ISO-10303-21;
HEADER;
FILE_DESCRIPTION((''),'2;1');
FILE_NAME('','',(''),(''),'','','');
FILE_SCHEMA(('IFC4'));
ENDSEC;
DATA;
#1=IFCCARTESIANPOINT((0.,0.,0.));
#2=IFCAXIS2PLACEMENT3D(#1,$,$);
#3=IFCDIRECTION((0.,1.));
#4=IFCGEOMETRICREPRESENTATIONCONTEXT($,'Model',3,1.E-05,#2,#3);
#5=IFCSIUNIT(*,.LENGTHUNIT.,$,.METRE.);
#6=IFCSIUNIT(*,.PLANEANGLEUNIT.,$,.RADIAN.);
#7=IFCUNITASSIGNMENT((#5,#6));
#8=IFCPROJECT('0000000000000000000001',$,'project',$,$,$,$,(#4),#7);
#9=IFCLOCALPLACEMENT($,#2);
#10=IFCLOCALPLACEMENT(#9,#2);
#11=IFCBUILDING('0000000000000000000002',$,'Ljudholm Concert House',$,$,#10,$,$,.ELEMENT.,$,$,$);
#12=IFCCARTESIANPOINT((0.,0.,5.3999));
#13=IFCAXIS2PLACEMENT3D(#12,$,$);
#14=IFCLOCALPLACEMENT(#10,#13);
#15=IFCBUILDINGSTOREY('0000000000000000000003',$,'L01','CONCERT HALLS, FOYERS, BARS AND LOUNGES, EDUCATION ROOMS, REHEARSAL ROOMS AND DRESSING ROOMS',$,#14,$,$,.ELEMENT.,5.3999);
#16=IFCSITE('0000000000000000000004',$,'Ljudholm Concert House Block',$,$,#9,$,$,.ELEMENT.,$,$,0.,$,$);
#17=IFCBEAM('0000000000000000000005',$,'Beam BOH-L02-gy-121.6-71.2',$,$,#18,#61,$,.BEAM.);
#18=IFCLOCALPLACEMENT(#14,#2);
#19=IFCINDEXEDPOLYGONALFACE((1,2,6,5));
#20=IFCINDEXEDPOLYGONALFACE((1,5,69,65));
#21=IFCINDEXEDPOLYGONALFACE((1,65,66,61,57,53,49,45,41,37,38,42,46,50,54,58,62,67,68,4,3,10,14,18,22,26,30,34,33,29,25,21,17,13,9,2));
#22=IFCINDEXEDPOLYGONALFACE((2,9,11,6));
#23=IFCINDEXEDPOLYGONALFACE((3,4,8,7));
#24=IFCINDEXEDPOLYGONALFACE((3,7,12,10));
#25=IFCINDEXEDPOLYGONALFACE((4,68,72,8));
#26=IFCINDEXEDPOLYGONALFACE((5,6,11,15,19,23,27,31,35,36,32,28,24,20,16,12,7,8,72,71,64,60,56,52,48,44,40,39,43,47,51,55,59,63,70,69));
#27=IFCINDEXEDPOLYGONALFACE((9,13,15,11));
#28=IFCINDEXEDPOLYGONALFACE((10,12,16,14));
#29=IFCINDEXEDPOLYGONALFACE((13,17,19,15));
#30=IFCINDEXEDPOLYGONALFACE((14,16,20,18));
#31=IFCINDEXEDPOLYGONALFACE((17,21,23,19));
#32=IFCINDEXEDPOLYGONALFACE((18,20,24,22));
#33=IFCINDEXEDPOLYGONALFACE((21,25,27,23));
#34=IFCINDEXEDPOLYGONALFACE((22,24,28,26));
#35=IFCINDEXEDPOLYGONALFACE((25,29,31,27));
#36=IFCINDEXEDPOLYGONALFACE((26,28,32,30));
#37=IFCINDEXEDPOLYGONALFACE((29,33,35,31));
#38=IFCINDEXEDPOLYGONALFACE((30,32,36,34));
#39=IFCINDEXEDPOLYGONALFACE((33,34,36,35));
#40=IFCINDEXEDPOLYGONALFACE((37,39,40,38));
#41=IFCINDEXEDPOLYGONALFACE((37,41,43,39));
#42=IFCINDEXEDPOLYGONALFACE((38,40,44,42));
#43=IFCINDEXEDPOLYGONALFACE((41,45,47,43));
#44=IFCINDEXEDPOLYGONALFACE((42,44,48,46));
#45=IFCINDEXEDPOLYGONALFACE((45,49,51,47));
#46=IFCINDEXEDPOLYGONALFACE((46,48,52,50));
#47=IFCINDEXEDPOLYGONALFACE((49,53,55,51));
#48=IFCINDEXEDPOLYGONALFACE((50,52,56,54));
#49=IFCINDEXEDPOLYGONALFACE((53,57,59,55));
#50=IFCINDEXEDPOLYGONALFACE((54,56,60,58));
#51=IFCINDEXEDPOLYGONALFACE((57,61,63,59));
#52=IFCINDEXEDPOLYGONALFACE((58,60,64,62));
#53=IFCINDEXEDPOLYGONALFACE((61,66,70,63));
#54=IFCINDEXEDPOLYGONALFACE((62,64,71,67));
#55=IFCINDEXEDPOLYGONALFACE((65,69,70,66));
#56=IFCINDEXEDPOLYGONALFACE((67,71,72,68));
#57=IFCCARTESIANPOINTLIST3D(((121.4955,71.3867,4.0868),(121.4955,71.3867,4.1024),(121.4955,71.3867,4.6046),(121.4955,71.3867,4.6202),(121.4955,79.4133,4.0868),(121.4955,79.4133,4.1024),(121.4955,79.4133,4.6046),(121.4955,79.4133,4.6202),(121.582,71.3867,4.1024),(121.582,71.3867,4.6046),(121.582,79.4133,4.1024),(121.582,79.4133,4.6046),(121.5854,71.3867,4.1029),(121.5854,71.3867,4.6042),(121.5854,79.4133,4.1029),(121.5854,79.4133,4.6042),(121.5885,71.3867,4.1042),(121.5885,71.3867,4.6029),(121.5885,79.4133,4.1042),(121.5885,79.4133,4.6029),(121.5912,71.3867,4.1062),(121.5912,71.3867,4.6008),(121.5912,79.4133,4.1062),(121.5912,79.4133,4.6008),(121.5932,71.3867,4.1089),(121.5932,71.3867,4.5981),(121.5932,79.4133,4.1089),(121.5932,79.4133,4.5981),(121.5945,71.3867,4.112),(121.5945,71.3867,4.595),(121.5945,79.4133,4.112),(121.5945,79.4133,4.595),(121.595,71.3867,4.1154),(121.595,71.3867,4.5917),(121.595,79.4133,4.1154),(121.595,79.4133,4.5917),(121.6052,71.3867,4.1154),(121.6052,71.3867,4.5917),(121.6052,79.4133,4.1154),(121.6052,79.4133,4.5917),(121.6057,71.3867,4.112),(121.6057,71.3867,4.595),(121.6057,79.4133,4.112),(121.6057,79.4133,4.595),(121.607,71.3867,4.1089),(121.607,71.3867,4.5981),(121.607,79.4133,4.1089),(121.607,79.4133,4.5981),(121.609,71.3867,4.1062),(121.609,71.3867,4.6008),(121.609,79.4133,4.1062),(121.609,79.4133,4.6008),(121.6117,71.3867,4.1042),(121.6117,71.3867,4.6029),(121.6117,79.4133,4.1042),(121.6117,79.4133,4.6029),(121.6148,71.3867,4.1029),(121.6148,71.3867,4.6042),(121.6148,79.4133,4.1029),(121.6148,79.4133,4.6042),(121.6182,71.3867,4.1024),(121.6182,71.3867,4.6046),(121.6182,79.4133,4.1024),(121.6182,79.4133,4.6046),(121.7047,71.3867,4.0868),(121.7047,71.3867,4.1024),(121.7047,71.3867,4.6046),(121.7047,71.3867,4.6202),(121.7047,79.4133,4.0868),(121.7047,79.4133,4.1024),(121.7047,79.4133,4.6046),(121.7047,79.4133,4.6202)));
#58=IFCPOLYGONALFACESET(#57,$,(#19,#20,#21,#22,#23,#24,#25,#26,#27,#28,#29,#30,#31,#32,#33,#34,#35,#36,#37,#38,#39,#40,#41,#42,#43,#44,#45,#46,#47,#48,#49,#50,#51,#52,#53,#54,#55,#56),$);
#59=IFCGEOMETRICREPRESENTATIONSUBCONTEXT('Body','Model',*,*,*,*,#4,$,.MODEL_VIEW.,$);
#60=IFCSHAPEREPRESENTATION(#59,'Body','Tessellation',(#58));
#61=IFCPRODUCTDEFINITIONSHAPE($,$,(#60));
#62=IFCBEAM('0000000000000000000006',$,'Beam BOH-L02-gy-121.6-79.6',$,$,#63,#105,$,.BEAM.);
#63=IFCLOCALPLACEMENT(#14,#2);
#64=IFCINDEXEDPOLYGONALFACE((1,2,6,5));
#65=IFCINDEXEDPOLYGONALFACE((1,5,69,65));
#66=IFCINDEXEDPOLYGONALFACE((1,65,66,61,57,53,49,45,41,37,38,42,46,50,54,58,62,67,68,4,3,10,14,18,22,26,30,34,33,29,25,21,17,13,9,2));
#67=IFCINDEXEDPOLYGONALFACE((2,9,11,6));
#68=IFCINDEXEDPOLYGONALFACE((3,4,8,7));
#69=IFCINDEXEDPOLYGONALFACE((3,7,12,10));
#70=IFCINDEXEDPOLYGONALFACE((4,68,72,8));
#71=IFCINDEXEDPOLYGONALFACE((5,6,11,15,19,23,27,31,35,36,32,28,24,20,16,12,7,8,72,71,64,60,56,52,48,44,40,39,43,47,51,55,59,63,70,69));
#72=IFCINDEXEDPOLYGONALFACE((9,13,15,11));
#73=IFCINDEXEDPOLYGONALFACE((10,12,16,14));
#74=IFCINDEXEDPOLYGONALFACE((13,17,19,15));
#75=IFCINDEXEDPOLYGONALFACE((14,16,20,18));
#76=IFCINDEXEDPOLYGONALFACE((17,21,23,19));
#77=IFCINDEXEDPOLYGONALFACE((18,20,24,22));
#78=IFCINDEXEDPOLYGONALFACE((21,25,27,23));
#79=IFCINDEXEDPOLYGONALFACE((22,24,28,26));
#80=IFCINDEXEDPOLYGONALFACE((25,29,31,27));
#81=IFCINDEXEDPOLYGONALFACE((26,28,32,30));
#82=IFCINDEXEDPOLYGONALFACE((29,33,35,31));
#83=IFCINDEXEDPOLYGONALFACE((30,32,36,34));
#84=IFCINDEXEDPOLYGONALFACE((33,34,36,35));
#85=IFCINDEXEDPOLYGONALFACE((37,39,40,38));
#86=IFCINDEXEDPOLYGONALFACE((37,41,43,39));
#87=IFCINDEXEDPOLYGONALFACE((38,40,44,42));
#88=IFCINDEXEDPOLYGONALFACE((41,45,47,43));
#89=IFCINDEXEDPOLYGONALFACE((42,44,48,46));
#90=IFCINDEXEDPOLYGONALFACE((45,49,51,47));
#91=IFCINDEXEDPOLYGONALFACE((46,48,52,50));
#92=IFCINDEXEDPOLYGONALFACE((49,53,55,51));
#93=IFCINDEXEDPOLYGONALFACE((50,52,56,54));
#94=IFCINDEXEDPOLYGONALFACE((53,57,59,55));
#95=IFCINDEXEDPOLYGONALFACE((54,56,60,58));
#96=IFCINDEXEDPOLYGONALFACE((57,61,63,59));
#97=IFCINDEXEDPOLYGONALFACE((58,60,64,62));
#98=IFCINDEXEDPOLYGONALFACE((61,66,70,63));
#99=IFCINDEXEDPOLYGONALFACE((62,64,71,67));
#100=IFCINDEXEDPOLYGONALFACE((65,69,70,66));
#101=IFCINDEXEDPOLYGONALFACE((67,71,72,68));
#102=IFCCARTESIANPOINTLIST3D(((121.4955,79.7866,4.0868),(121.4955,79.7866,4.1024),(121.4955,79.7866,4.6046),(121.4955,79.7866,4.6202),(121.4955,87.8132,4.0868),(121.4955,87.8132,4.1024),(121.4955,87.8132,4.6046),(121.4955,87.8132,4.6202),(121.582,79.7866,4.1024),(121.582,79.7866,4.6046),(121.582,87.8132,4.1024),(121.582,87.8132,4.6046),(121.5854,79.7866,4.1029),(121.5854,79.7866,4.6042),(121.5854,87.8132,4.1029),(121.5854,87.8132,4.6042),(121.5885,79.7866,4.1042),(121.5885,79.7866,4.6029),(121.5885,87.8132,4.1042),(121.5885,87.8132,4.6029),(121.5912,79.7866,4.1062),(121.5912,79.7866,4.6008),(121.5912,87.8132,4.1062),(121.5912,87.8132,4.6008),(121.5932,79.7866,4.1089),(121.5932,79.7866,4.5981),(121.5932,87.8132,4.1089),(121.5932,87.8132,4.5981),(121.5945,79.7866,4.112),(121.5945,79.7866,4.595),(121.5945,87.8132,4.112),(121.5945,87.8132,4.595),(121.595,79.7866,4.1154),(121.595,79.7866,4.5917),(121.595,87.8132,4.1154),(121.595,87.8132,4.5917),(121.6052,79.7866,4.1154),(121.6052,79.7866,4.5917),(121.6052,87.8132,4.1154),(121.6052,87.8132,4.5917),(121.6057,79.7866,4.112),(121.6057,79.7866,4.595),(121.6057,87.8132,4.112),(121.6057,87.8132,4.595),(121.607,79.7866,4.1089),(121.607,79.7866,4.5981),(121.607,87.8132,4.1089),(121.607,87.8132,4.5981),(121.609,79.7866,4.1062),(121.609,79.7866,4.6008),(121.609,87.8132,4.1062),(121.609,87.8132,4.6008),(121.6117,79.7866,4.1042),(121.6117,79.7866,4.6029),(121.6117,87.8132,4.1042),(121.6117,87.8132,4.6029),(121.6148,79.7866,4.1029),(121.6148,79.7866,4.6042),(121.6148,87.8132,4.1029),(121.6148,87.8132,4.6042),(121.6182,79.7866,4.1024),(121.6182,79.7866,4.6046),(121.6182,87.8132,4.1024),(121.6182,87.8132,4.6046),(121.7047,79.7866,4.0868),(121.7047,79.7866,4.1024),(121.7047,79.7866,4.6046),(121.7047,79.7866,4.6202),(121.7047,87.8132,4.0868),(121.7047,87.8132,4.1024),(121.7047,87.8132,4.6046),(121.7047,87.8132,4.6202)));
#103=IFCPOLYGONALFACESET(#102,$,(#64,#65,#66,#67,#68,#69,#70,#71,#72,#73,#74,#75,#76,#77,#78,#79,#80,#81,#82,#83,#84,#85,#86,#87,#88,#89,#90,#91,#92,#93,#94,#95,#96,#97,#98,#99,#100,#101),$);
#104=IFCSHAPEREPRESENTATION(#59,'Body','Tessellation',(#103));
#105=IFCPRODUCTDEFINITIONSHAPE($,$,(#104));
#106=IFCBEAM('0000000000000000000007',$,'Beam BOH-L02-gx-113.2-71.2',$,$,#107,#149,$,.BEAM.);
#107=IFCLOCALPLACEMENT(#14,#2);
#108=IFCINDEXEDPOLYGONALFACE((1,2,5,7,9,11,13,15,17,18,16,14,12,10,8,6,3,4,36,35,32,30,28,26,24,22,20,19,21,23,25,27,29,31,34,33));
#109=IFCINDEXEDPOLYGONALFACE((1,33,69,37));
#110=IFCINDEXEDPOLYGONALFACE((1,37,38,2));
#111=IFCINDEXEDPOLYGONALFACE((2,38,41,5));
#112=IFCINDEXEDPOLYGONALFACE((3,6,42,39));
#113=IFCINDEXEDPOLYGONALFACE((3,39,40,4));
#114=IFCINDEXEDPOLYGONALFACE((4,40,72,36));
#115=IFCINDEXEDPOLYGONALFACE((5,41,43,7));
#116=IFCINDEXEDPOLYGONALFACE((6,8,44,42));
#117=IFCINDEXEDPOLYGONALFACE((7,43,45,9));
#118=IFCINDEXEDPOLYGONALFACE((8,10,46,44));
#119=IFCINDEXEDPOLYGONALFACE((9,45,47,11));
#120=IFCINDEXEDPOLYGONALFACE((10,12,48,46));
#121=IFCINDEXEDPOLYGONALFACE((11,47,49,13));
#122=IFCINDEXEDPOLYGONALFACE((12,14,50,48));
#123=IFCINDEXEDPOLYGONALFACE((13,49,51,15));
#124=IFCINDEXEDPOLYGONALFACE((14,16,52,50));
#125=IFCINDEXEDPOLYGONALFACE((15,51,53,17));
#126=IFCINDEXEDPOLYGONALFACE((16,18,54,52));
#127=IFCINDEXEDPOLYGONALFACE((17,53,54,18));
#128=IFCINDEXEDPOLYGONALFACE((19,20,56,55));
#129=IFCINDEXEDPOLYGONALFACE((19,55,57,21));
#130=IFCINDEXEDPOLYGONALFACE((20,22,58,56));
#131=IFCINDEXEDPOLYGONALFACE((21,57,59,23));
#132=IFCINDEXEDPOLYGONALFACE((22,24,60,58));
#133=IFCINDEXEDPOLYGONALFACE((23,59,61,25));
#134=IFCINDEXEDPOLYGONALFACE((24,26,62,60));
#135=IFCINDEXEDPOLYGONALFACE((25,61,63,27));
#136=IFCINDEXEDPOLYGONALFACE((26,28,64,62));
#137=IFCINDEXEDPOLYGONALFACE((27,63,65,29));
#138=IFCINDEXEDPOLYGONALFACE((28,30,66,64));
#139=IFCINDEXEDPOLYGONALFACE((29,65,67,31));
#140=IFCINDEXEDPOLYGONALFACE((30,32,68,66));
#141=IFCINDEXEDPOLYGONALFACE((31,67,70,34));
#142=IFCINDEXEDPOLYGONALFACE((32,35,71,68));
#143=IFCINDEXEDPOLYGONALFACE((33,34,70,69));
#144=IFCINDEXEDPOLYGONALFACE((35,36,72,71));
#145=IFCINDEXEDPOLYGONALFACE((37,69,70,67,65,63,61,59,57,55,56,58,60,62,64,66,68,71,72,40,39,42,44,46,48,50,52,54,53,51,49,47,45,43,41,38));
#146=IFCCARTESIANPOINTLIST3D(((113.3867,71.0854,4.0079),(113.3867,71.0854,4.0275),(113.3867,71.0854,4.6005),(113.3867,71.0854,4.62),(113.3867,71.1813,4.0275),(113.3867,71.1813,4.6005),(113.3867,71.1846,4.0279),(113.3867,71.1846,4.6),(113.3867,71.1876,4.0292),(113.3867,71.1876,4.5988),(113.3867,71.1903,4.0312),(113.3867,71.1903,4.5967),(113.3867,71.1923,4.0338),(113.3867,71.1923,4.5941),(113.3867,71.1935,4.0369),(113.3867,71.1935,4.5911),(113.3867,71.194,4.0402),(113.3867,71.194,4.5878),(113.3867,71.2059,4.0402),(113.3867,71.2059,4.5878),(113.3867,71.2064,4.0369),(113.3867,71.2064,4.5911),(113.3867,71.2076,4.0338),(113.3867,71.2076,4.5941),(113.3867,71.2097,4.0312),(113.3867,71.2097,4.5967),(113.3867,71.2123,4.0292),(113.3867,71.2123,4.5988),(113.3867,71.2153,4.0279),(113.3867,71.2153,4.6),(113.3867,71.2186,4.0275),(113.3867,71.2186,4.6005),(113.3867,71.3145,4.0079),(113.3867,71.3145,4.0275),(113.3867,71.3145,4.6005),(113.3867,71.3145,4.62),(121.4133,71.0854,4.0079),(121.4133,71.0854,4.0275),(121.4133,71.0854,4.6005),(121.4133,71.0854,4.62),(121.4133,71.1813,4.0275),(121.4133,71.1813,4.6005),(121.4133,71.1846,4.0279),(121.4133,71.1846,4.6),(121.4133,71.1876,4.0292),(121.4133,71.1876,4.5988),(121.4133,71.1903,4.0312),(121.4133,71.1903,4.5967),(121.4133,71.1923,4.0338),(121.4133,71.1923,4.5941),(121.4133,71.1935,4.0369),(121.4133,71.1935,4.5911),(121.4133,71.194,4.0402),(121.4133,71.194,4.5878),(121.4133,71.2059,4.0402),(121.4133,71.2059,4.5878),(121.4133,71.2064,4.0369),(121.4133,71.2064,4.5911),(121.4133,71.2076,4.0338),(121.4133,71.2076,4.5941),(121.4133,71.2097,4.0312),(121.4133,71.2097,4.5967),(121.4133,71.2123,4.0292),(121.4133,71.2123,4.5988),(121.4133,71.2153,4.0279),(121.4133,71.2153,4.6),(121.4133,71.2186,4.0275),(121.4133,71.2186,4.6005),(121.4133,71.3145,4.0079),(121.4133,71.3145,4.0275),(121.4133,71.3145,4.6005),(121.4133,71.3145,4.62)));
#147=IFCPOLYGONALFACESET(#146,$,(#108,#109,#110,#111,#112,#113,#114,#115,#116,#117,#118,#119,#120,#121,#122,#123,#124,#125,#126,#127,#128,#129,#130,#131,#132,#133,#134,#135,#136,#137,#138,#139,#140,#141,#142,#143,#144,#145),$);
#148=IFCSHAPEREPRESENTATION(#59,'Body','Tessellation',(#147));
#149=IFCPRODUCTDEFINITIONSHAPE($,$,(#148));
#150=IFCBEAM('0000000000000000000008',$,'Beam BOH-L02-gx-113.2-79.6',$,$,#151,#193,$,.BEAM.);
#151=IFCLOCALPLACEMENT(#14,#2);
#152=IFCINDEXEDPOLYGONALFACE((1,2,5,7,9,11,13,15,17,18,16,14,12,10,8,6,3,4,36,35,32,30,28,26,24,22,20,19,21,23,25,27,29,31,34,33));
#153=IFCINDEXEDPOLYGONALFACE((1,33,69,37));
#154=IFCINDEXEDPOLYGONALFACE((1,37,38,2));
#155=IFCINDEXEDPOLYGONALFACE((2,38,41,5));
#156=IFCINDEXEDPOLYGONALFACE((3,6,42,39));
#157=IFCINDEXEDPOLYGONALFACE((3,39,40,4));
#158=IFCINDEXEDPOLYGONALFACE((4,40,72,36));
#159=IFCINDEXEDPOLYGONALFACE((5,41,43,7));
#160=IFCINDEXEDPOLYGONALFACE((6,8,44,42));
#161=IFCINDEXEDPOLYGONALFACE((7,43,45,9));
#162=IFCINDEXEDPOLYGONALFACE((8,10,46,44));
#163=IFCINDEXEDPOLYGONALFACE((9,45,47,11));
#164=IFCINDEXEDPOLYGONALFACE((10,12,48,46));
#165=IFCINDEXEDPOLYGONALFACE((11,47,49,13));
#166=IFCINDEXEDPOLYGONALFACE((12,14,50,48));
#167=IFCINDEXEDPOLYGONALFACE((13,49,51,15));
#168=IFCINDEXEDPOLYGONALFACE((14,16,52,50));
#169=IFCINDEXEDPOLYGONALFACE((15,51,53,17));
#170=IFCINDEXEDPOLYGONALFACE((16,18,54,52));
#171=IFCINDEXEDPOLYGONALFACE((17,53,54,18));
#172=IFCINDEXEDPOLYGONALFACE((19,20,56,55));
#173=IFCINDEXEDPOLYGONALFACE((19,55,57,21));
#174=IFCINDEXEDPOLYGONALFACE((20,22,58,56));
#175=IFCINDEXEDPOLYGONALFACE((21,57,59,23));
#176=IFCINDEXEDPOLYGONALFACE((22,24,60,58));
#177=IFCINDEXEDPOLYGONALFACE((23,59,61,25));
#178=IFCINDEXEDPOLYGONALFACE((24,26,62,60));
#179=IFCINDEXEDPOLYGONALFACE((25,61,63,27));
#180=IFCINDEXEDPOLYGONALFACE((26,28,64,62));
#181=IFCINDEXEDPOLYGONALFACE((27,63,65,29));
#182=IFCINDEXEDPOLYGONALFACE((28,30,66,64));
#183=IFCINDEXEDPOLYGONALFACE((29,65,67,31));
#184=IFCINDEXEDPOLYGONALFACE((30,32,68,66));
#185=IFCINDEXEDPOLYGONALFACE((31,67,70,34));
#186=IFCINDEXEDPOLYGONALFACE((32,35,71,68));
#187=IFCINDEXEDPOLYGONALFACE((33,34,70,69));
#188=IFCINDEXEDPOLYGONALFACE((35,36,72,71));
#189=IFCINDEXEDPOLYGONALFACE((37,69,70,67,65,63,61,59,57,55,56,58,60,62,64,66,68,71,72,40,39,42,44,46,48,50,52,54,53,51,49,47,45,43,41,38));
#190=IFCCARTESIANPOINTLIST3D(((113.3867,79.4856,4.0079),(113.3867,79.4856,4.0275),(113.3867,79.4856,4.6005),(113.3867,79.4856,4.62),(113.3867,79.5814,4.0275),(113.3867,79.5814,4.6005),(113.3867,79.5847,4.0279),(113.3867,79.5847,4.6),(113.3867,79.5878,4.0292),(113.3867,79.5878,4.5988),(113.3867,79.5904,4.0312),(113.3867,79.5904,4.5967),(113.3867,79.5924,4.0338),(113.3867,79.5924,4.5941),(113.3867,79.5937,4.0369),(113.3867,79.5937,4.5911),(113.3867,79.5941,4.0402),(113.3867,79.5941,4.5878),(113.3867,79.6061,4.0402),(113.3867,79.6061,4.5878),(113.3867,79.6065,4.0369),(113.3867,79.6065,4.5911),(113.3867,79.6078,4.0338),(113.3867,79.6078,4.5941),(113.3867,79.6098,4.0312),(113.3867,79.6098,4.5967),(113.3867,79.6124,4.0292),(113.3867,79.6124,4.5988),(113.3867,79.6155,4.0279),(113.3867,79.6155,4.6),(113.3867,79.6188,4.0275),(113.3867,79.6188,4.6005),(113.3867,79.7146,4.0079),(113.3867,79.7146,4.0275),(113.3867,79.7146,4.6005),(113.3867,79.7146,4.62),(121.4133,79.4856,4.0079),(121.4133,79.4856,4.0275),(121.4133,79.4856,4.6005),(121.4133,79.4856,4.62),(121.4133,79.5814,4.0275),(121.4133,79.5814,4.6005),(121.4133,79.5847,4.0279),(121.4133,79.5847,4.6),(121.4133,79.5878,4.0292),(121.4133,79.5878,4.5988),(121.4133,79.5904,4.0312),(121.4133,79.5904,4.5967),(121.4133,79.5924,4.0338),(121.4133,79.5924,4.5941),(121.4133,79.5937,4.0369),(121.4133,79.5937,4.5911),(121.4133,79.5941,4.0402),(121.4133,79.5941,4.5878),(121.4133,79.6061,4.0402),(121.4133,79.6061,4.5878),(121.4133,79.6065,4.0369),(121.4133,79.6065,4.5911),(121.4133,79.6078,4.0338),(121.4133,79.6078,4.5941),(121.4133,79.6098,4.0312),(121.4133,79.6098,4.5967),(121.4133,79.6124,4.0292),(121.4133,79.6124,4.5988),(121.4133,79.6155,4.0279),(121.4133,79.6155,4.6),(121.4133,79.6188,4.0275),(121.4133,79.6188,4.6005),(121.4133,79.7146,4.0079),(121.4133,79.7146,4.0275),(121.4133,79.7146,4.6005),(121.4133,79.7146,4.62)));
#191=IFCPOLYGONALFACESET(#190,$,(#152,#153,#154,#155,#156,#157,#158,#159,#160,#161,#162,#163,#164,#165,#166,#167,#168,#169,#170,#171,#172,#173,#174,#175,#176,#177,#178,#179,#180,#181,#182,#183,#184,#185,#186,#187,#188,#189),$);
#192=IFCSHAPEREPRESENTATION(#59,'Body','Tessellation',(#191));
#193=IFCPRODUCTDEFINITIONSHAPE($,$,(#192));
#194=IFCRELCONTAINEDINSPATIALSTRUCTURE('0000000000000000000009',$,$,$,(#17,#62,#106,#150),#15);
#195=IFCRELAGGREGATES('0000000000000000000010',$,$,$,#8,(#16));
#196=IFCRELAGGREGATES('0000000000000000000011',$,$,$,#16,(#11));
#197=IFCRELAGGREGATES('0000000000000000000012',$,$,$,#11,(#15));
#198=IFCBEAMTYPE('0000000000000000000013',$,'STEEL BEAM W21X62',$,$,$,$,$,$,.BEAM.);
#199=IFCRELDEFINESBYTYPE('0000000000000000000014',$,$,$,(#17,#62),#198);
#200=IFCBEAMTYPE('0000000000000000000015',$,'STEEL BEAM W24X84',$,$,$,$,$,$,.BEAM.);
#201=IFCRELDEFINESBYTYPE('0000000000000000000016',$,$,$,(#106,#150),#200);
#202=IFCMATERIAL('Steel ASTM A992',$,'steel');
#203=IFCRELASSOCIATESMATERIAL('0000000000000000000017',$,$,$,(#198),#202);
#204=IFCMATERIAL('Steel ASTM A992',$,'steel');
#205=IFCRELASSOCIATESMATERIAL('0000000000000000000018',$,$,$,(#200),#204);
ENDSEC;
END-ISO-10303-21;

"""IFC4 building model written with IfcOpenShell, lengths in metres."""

from ifc_helpers import new_model, si_unit, direction, frame, origin, origin_2d, place, context, subcontext, project, spatial, i_section, extrude, material, material_profile, profile_set, type_object, element, save


model = new_model("IFC4")

# Units and contexts
model_context = context("Model", 3, precision=1e-05, world=origin(), true_north=direction((0.0, 1.0)))
body_context = subcontext(model_context, "Body", "Model", "MODEL_VIEW")
ifc_project = project(units=[si_unit("LENGTHUNIT", "METRE"), si_unit("PLANEANGLEUNIT", "RADIAN")], contexts=[model_context])

# Site, building, storey
site_placement = place(None, origin())
site = spatial("IfcSite", under=ifc_project, at=site_placement, Name="Ljudholm Concert House Block", CompositionType="ELEMENT", RefElevation=0.0)
building_placement = place(site_placement, origin())
building = spatial("IfcBuilding", under=site, at=building_placement, Name="Ljudholm Concert House", CompositionType="ELEMENT")
storey_placement = place(building_placement, frame((0.0, 0.0, 5.3999)))
storey = spatial("IfcBuildingStorey", under=building, at=storey_placement, Name="L01", Description="CONCERT HALLS, FOYERS, BARS AND LOUNGES, EDUCATION ROOMS, REHEARSAL ROOMS AND DRESSING ROOMS", CompositionType="ELEMENT", Elevation=5.3999)

# Beams
ifc_material_1 = material(Name="Steel ASTM A992", Category="steel")
ifc_material_profile_1 = material_profile(ifc_material_1, i_section(OverallWidth=0.2092, OverallDepth=0.5334, WebThickness=0.0103, FlangeThickness=0.0156, FilletRadius=0.0129, at=origin_2d()), Name="W21X62")
ifc_profile_set_1 = profile_set([ifc_material_profile_1], Name="Steel ASTM A992")
beam_type_1 = type_object("IfcBeamType", Name="STEEL BEAM W21X62", PredefinedType="BEAM", material=ifc_profile_set_1)
for number, where, z_axis, x_axis, name in (
    (1, (121.6001, 71.3867, 4.3535), (0.0, 1.0, 0.0), (-1.0, 0.0, 0.0), "Beam BOH-L02-gy-121.6-71.2"),
    (2, (121.6001, 79.7866, 4.3535), (0.0, 1.0, 0.0), (-1.0, 0.0, 0.0), "Beam BOH-L02-gy-121.6-79.6"),
):
    element("IfcBeam", number, at=place(storey_placement, frame(where, z_axis=z_axis, x_axis=x_axis)), inside=storey, type_object=beam_type_1, Name=name, PredefinedType="BEAM", context=body_context, shape_type="SweptSolid", body=[
        extrude(i_section(OverallWidth=0.2092, OverallDepth=0.5334, WebThickness=0.0103, FlangeThickness=0.0156, FilletRadius=0.0129, at=origin_2d()), origin(), (0.0, 0.0, 1.0), 8.0266),
    ])
ifc_material_2 = material(Name="Steel ASTM A992", Category="steel")
ifc_material_profile_2 = material_profile(ifc_material_2, i_section(OverallWidth=0.229, OverallDepth=0.6121, WebThickness=0.012, FlangeThickness=0.0195, FilletRadius=0.0127, at=origin_2d()), Name="W24X84")
ifc_profile_set_2 = profile_set([ifc_material_profile_2], Name="Steel ASTM A992")
beam_type_2 = type_object("IfcBeamType", Name="STEEL BEAM W24X84", PredefinedType="BEAM", material=ifc_profile_set_2)
for number, where, z_axis, x_axis, name in (
    (3, (113.3867, 71.2, 4.314), (1.0, 0.0, 0.0), (0.0, 1.0, 0.0), "Beam BOH-L02-gx-113.2-71.2"),
    (4, (113.3867, 79.6001, 4.314), (1.0, 0.0, 0.0), (0.0, 1.0, 0.0), "Beam BOH-L02-gx-113.2-79.6"),
):
    element("IfcBeam", number, at=place(storey_placement, frame(where, z_axis=z_axis, x_axis=x_axis)), inside=storey, type_object=beam_type_2, Name=name, PredefinedType="BEAM", context=body_context, shape_type="SweptSolid", body=[
        extrude(i_section(OverallWidth=0.229, OverallDepth=0.6121, WebThickness=0.012, FlangeThickness=0.0195, FilletRadius=0.0127, at=origin_2d()), origin(), (0.0, 0.0, 1.0), 8.0266),
    ])

save(model, "model.ifc")
